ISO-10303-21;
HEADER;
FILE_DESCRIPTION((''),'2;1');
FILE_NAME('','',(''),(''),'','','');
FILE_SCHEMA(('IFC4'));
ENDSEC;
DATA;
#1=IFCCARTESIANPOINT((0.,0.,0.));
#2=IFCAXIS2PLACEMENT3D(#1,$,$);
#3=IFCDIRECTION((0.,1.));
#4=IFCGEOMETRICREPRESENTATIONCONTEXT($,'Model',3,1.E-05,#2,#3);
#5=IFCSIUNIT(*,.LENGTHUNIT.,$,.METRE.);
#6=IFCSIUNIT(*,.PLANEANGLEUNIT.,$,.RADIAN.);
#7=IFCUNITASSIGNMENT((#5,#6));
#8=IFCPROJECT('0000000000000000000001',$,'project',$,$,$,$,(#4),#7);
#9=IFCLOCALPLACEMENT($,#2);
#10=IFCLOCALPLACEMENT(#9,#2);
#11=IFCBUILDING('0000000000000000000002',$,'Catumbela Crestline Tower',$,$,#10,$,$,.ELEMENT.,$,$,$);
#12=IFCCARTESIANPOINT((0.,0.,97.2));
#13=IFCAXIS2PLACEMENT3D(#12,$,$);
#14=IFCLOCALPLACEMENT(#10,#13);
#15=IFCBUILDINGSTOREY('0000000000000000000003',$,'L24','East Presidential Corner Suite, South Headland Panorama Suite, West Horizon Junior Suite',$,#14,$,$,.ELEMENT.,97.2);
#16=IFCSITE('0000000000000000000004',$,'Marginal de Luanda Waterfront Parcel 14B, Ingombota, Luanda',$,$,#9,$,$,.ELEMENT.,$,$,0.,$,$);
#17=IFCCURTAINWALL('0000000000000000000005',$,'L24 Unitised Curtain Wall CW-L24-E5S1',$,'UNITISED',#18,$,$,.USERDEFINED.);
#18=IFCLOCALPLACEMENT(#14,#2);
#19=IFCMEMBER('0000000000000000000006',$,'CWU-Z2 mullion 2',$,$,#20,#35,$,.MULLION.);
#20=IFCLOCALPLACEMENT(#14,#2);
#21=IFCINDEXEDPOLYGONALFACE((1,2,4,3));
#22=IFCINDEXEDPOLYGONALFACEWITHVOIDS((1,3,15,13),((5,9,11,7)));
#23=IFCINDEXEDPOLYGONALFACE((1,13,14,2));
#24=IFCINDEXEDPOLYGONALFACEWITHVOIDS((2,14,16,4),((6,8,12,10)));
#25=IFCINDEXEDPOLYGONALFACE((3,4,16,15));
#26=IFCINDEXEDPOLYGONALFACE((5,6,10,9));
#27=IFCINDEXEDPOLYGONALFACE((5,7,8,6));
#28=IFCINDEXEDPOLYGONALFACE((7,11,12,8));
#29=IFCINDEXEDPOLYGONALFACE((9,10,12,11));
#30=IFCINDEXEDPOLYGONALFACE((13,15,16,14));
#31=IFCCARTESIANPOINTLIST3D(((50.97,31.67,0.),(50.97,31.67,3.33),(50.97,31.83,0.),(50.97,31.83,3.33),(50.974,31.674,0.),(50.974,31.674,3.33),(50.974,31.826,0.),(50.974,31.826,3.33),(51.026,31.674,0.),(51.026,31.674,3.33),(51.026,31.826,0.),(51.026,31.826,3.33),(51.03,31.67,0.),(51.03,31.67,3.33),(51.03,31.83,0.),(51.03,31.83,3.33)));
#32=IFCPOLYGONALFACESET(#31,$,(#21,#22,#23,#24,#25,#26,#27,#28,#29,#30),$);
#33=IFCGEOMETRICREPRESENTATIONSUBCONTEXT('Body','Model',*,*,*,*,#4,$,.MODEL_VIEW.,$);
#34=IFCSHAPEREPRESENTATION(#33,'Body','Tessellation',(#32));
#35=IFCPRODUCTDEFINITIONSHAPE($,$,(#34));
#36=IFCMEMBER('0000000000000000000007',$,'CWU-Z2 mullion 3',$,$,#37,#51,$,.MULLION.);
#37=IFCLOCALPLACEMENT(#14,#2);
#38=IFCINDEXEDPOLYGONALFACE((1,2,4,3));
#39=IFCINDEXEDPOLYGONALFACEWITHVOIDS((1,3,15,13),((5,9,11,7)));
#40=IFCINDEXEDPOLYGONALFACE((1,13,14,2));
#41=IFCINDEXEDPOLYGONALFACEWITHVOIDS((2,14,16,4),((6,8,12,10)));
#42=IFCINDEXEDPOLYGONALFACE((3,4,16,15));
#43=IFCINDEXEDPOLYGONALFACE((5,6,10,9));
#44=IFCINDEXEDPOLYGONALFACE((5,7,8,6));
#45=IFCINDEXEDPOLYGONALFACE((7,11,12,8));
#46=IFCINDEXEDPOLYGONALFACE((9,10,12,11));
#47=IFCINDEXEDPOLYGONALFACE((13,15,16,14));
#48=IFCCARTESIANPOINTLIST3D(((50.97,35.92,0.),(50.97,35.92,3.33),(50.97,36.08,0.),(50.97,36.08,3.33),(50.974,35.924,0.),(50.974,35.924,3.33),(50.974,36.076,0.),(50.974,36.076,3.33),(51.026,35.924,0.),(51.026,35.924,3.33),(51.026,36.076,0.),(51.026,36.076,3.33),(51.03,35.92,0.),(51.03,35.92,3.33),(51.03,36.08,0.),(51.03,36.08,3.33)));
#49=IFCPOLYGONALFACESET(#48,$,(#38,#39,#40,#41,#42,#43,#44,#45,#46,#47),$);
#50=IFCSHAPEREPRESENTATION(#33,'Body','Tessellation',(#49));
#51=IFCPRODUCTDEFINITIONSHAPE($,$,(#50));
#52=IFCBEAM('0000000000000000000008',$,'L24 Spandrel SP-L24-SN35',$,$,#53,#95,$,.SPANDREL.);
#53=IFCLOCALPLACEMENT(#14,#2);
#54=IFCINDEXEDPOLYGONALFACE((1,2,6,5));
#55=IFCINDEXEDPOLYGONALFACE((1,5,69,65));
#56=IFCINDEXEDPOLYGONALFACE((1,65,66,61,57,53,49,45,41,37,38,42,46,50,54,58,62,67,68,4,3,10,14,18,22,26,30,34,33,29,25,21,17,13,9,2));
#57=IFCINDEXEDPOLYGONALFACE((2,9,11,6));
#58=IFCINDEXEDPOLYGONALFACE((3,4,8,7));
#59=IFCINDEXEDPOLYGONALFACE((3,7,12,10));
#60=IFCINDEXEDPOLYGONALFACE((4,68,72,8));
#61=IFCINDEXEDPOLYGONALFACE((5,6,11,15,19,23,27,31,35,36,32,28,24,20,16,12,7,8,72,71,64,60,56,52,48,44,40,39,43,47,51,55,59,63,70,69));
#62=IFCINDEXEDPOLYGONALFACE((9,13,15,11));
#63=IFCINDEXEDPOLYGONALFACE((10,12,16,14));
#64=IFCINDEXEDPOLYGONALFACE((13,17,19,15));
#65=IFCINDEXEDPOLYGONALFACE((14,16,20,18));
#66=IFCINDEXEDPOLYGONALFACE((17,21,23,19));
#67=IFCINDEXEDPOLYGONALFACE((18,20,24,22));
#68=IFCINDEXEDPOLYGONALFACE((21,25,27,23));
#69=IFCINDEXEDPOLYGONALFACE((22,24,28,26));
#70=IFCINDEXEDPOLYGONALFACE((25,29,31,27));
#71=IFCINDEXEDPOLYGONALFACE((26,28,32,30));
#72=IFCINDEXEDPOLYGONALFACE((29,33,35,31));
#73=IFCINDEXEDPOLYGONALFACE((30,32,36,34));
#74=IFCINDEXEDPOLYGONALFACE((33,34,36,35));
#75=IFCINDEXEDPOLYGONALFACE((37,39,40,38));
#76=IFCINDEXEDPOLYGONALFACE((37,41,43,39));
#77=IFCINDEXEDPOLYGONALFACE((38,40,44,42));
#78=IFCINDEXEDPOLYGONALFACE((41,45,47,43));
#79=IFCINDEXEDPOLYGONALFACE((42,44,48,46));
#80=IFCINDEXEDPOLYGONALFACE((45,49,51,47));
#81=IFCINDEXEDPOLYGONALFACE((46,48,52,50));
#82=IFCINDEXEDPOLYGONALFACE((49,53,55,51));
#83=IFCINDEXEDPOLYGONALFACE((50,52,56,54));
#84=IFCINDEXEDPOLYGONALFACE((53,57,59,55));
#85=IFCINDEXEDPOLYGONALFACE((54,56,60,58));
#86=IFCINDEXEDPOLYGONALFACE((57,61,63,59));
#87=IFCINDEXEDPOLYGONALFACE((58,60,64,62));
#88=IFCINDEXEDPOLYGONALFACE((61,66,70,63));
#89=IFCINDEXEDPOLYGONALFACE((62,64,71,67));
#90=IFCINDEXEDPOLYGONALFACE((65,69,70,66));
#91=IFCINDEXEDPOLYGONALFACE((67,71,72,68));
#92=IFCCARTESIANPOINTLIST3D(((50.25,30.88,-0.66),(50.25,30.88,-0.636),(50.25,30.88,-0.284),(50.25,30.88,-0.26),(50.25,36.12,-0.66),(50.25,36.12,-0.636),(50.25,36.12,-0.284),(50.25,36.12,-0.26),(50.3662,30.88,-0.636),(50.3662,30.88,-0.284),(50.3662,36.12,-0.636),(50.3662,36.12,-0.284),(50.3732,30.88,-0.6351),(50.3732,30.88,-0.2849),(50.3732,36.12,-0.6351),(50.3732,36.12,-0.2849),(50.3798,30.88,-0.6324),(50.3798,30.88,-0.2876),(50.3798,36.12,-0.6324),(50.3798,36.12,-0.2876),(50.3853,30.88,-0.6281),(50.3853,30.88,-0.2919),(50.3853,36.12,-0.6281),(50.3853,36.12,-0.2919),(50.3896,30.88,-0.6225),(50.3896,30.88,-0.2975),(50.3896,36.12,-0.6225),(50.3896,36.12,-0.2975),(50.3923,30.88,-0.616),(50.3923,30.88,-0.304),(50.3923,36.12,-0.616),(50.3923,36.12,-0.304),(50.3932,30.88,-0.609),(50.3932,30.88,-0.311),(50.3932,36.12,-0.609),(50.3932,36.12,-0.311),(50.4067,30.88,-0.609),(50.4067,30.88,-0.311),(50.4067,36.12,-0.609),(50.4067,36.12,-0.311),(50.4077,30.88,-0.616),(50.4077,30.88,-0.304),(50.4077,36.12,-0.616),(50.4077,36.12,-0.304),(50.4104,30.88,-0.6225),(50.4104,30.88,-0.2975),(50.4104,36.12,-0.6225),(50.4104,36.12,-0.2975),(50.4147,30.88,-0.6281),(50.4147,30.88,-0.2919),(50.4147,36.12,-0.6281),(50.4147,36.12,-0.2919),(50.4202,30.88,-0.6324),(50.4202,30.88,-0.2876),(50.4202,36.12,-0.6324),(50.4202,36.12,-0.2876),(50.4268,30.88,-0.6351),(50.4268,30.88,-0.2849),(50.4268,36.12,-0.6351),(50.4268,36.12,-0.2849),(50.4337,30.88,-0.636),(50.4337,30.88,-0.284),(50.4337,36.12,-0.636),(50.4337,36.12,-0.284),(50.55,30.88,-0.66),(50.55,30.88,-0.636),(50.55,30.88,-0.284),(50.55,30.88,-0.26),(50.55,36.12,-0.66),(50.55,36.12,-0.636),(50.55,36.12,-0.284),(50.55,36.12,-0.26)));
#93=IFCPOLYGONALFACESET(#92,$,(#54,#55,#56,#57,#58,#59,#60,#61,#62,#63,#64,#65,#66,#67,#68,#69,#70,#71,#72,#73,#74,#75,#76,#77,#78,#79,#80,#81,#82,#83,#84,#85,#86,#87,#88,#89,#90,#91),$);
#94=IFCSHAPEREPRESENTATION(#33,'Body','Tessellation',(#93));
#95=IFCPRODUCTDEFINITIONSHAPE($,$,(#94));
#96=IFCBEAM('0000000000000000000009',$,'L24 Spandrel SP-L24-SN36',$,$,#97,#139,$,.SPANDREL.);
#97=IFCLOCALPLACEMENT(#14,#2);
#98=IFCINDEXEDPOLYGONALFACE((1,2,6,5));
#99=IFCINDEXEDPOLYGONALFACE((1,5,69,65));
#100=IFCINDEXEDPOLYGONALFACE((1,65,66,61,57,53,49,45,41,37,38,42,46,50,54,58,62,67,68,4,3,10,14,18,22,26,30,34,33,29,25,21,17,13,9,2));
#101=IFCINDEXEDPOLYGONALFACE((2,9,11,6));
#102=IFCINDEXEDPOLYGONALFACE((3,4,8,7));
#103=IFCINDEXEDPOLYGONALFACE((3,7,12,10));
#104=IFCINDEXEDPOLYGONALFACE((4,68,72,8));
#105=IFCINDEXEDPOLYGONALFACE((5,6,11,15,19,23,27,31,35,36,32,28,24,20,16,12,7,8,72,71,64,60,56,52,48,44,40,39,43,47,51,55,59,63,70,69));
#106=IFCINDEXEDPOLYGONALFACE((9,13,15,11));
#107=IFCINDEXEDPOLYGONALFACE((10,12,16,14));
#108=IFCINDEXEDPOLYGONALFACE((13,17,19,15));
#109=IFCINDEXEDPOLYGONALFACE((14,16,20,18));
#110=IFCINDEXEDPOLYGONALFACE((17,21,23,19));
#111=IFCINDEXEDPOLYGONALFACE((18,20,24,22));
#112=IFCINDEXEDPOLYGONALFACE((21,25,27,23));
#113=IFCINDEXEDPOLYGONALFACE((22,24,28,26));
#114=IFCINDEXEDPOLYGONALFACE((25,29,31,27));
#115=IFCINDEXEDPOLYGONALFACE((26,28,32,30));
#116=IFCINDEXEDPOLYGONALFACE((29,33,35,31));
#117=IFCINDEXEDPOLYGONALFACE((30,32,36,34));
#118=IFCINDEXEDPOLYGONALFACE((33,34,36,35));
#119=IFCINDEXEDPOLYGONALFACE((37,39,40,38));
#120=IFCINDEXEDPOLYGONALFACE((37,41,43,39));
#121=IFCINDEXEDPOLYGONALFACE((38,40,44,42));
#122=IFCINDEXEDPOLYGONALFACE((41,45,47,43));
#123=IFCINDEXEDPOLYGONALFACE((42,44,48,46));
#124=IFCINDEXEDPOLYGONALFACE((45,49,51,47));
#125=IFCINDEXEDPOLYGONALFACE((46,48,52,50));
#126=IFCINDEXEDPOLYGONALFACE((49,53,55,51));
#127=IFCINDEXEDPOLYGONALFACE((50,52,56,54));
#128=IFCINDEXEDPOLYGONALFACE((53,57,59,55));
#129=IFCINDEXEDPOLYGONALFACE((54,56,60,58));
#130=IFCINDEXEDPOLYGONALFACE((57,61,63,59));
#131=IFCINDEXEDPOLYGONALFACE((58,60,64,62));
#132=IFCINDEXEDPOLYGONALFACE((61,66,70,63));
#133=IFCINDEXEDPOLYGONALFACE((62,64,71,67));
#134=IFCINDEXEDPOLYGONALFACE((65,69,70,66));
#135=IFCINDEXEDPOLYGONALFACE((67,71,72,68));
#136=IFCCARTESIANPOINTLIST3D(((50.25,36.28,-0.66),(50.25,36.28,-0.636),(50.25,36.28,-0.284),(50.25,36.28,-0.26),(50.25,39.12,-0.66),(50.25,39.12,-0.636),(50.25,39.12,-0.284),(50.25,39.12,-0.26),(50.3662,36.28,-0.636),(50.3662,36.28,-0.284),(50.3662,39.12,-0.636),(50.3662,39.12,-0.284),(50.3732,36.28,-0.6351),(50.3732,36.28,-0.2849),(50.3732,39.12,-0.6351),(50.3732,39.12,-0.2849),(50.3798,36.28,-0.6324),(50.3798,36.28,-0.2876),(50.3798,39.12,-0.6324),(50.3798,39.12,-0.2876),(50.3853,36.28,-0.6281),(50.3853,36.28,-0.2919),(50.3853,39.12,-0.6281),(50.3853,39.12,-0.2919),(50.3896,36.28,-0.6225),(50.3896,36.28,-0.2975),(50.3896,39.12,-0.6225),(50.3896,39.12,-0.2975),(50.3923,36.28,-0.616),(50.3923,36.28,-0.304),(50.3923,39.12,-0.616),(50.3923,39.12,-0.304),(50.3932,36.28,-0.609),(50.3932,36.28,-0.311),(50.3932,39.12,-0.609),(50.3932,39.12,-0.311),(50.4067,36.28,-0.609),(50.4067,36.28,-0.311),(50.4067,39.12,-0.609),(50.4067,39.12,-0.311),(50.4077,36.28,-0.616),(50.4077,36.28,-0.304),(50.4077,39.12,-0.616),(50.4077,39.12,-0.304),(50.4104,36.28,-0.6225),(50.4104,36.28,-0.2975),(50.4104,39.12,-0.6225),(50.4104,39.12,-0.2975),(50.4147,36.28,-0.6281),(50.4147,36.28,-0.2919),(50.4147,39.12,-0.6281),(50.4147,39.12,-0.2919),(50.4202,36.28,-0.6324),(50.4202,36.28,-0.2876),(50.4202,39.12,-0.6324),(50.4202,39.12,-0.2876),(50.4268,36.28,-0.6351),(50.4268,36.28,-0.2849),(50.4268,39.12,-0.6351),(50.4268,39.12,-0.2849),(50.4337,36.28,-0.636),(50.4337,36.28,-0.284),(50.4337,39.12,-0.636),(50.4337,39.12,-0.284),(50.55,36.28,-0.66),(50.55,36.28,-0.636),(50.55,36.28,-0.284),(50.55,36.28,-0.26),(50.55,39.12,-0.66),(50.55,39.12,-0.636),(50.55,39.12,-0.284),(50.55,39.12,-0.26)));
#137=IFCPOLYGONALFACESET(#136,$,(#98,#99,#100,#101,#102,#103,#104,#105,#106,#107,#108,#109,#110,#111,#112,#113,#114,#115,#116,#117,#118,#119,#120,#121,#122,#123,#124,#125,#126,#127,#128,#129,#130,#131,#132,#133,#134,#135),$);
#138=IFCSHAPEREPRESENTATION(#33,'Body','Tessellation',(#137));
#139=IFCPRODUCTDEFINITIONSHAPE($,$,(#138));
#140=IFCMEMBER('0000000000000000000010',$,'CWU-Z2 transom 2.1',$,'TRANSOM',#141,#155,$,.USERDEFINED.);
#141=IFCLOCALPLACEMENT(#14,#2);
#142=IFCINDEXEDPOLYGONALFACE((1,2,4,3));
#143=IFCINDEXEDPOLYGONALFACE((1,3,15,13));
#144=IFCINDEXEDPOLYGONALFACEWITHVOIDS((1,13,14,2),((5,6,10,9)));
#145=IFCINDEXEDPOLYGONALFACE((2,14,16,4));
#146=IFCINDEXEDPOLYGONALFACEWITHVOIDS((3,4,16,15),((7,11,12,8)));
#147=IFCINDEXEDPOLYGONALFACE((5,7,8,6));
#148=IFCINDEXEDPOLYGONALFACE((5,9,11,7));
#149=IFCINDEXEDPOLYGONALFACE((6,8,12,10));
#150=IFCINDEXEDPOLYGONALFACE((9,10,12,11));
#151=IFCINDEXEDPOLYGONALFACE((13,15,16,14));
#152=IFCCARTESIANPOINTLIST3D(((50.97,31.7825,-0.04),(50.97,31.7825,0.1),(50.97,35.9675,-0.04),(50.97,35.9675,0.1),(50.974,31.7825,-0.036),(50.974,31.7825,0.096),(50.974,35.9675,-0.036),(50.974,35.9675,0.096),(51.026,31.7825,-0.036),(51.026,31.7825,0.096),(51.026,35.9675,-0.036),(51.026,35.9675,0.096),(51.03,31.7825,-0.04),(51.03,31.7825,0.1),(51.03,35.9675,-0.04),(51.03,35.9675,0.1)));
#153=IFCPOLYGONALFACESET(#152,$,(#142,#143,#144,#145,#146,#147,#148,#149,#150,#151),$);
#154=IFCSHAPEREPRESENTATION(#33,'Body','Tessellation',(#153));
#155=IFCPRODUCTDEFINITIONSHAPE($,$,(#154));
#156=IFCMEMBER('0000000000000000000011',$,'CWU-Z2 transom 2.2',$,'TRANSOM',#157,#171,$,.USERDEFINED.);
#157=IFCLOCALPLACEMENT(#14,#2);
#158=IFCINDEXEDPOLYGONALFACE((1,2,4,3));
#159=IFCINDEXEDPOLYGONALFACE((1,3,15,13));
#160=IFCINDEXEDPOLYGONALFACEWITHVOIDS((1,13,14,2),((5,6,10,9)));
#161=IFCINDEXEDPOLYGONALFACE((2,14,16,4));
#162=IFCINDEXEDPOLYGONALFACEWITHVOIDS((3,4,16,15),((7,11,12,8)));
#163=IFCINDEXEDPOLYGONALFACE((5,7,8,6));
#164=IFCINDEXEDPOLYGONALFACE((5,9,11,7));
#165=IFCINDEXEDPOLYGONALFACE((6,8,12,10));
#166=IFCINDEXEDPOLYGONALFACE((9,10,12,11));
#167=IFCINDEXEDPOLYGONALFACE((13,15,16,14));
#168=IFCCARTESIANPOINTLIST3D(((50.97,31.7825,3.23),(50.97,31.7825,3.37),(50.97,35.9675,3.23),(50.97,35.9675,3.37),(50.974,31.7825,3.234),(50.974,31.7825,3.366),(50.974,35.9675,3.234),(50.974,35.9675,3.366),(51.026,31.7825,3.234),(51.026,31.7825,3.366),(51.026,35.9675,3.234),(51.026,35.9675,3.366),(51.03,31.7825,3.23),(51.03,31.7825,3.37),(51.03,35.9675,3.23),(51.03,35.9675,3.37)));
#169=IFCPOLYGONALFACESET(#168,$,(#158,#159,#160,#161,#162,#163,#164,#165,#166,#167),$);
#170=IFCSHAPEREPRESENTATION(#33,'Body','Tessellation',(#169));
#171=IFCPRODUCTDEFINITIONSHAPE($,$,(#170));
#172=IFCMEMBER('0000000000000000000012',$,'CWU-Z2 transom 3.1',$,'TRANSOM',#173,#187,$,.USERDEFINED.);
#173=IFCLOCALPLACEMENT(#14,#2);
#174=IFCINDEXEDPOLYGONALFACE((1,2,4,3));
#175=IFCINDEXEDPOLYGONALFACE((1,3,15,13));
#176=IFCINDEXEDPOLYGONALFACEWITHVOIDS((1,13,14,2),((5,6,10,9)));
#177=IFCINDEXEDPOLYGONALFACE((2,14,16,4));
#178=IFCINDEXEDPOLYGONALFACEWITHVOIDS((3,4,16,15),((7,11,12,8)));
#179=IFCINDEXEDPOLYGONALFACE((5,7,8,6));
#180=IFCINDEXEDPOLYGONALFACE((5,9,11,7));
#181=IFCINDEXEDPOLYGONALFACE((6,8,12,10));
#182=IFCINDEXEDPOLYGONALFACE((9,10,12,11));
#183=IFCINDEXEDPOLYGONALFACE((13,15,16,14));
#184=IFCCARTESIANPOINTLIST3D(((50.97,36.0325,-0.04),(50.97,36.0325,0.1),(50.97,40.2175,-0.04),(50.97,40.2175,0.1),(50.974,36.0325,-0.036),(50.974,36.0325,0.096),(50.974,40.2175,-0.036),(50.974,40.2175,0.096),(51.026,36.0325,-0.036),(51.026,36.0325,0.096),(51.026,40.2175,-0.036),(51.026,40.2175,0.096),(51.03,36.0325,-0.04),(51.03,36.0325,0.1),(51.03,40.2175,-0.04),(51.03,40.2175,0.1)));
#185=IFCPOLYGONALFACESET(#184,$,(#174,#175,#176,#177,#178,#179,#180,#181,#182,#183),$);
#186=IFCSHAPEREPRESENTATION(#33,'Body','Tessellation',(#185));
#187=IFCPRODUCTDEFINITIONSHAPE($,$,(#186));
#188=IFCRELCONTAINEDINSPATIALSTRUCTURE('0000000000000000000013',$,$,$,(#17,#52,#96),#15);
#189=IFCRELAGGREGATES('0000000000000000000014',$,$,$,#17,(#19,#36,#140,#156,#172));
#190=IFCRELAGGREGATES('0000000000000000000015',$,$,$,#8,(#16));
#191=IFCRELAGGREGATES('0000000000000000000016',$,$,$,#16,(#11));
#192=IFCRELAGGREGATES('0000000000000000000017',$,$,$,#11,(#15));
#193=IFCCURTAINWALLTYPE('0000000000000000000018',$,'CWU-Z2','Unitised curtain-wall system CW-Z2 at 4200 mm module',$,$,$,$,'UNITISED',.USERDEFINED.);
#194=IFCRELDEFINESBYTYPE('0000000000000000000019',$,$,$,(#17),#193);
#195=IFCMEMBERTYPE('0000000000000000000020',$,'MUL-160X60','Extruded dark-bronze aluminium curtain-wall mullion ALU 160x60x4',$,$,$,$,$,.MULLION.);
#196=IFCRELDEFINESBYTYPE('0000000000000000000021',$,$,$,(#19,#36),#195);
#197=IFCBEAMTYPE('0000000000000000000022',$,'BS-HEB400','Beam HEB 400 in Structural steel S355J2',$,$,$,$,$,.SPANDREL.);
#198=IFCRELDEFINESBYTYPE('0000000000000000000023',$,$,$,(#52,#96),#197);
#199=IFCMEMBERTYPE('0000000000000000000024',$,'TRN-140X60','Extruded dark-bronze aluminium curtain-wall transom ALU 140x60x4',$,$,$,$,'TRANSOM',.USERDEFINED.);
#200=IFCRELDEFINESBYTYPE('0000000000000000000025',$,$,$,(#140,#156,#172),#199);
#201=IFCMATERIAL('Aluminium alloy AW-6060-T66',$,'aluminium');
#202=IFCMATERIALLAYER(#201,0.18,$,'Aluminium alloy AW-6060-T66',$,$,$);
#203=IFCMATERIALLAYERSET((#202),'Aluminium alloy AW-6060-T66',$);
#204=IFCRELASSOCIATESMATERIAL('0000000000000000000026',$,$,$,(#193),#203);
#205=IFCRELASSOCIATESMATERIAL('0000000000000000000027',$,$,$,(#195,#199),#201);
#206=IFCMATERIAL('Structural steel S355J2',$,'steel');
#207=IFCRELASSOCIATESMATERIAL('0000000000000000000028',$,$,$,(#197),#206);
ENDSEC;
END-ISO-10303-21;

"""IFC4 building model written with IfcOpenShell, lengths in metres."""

from ifc_helpers import new_model, si_unit, direction, frame, origin, origin_2d, place, context, subcontext, project, spatial, hollow_rectangle, i_section, extrude, material, layer, layer_set, material_profile, profile_set, type_object, element, aggregate, save


model = new_model("IFC4")

# Units and contexts
model_context = context("Model", 3, precision=1e-05, world=origin(), true_north=direction((0.0, 1.0)))
body_context = subcontext(model_context, "Body", "Model", "MODEL_VIEW")
ifc_project = project(units=[si_unit("LENGTHUNIT", "METRE"), si_unit("PLANEANGLEUNIT", "RADIAN")], contexts=[model_context])

# Site, building, storey
site_placement = place(None, origin())
site = spatial("IfcSite", under=ifc_project, at=site_placement, Name="Marginal de Luanda Waterfront Parcel 14B, Ingombota, Luanda", CompositionType="ELEMENT", RefElevation=0.0)
building_placement = place(site_placement, origin())
building = spatial("IfcBuilding", under=site, at=building_placement, Name="Catumbela Crestline Tower", CompositionType="ELEMENT")
storey_placement = place(building_placement, frame((0.0, 0.0, 97.2)))
storey = spatial("IfcBuildingStorey", under=building, at=storey_placement, Name="L24", Description="East Presidential Corner Suite, South Headland Panorama Suite, West Horizon Junior Suite", CompositionType="ELEMENT", Elevation=97.2)

# Shared definitions
ifc_material_1 = material(Name="Structural steel S355J2", Category="steel")

# Curtain wall, members
ifc_material_2 = material(Name="Aluminium alloy AW-6060-T66", Category="aluminium")
ifc_layer_1 = layer(ifc_material_2, 0.18, Name="Aluminium alloy AW-6060-T66")
ifc_layer_set_1 = layer_set([ifc_layer_1], Name="Aluminium alloy AW-6060-T66")
curtain_wall_type = type_object("IfcCurtainWallType", Name="CWU-Z2", Description="Unitised curtain-wall system CW-Z2 at 4200 mm module", ElementType="UNITISED", PredefinedType="USERDEFINED", material=ifc_layer_set_1)
curtain_wall_placement = place(storey_placement, origin())
curtain_wall = element("IfcCurtainWall", 1, at=curtain_wall_placement, inside=storey, type_object=curtain_wall_type, Name="L24 Unitised Curtain Wall CW-L24-E5S1", ObjectType="UNITISED", PredefinedType="USERDEFINED")
ifc_material_profile_1 = material_profile(ifc_material_2, hollow_rectangle(XDim=0.06, YDim=0.16, WallThickness=0.004, at=origin_2d()), Name="ALU 160x60x4")
ifc_profile_set_1 = profile_set([ifc_material_profile_1], Name="Aluminium alloy AW-6060-T66")
member_type_1 = type_object("IfcMemberType", Name="MUL-160X60", Description="Extruded dark-bronze aluminium curtain-wall mullion ALU 160x60x4", PredefinedType="MULLION", material=ifc_profile_set_1)
member_1_placement = place(storey_placement, frame((51.0, 31.75, 0.0), z_axis=(0.0, 0.0, 1.0), x_axis=(-1.0, 0.0, 0.0)))
member_1 = element("IfcMember", 2, at=member_1_placement, type_object=member_type_1, Name="CWU-Z2 mullion 2", PredefinedType="MULLION", context=body_context, shape_type="SweptSolid", body=[
    extrude(hollow_rectangle(XDim=0.06, YDim=0.16, WallThickness=0.004, at=origin_2d()), origin(), (0.0, 0.0, 1.0), 3.33),
])
member_2_placement = place(storey_placement, frame((51.0, 36.0, 0.0), z_axis=(0.0, 0.0, 1.0), x_axis=(-1.0, 0.0, 0.0)))
member_2 = element("IfcMember", 3, at=member_2_placement, type_object=member_type_1, Name="CWU-Z2 mullion 3", PredefinedType="MULLION", context=body_context, shape_type="SweptSolid", body=[
    extrude(hollow_rectangle(XDim=0.06, YDim=0.16, WallThickness=0.004, at=origin_2d()), origin(), (0.0, 0.0, 1.0), 3.33),
])

# Beams
ifc_material_profile_2 = material_profile(ifc_material_1, i_section(OverallWidth=0.3, OverallDepth=0.4, WebThickness=0.0135, FlangeThickness=0.024, FilletRadius=0.027, at=origin_2d()), Name="HEB 400")
ifc_profile_set_2 = profile_set([ifc_material_profile_2], Name="Structural steel S355J2")
beam_type_1 = type_object("IfcBeamType", Name="BS-HEB400", Description="Beam HEB 400 in Structural steel S355J2", PredefinedType="SPANDREL", material=ifc_profile_set_2)
beam_1_placement = place(storey_placement, frame((50.4, 30.88, -0.46), z_axis=(0.0, 1.0, 0.0), x_axis=(-1.0, 0.0, 0.0)))
element("IfcBeam", 4, at=beam_1_placement, inside=storey, type_object=beam_type_1, Name="L24 Spandrel SP-L24-SN35", PredefinedType="SPANDREL", context=body_context, shape_type="SweptSolid", body=[
    extrude(i_section(OverallWidth=0.3, OverallDepth=0.4, WebThickness=0.0135, FlangeThickness=0.024, FilletRadius=0.027, at=origin_2d()), origin(), (0.0, 0.0, 1.0), 5.24),
])
beam_2_placement = place(storey_placement, frame((50.4, 36.28, -0.46), z_axis=(0.0, 1.0, 0.0), x_axis=(-1.0, 0.0, 0.0)))
element("IfcBeam", 5, at=beam_2_placement, inside=storey, type_object=beam_type_1, Name="L24 Spandrel SP-L24-SN36", PredefinedType="SPANDREL", context=body_context, shape_type="SweptSolid", body=[
    extrude(i_section(OverallWidth=0.3, OverallDepth=0.4, WebThickness=0.0135, FlangeThickness=0.024, FilletRadius=0.027, at=origin_2d()), origin(), (0.0, 0.0, 1.0), 2.84),
])

# Members
ifc_material_profile_3 = material_profile(ifc_material_2, hollow_rectangle(XDim=0.06, YDim=0.14, WallThickness=0.004, at=origin_2d()), Name="ALU 140x60x4")
ifc_profile_set_3 = profile_set([ifc_material_profile_3], Name="Aluminium alloy AW-6060-T66")
member_type_2 = type_object("IfcMemberType", Name="TRN-140X60", Description="Extruded dark-bronze aluminium curtain-wall transom ALU 140x60x4", ElementType="TRANSOM", PredefinedType="USERDEFINED", material=ifc_profile_set_3)
member_3_placement = place(storey_placement, frame((51.0, 31.7825, 0.03), z_axis=(0.0, 1.0, 0.0), x_axis=(-1.0, 0.0, 0.0)))
member_3 = element("IfcMember", 6, at=member_3_placement, type_object=member_type_2, Name="CWU-Z2 transom 2.1", ObjectType="TRANSOM", PredefinedType="USERDEFINED", context=body_context, shape_type="SweptSolid", body=[
    extrude(hollow_rectangle(XDim=0.06, YDim=0.14, WallThickness=0.004, at=origin_2d()), origin(), (0.0, 0.0, 1.0), 4.185),
])
member_4_placement = place(storey_placement, frame((51.0, 31.7825, 3.3), z_axis=(0.0, 1.0, 0.0), x_axis=(-1.0, 0.0, 0.0)))
member_4 = element("IfcMember", 7, at=member_4_placement, type_object=member_type_2, Name="CWU-Z2 transom 2.2", ObjectType="TRANSOM", PredefinedType="USERDEFINED", context=body_context, shape_type="SweptSolid", body=[
    extrude(hollow_rectangle(XDim=0.06, YDim=0.14, WallThickness=0.004, at=origin_2d()), origin(), (0.0, 0.0, 1.0), 4.185),
])
member_5_placement = place(storey_placement, frame((51.0, 36.0325, 0.03), z_axis=(0.0, 1.0, 0.0), x_axis=(-1.0, 0.0, 0.0)))
member_5 = element("IfcMember", 8, at=member_5_placement, type_object=member_type_2, Name="CWU-Z2 transom 3.1", ObjectType="TRANSOM", PredefinedType="USERDEFINED", context=body_context, shape_type="SweptSolid", body=[
    extrude(hollow_rectangle(XDim=0.06, YDim=0.14, WallThickness=0.004, at=origin_2d()), origin(), (0.0, 0.0, 1.0), 4.185),
])

aggregate(curtain_wall, [member_1, member_2, member_3, member_4, member_5])

save(model, "model.ifc")
